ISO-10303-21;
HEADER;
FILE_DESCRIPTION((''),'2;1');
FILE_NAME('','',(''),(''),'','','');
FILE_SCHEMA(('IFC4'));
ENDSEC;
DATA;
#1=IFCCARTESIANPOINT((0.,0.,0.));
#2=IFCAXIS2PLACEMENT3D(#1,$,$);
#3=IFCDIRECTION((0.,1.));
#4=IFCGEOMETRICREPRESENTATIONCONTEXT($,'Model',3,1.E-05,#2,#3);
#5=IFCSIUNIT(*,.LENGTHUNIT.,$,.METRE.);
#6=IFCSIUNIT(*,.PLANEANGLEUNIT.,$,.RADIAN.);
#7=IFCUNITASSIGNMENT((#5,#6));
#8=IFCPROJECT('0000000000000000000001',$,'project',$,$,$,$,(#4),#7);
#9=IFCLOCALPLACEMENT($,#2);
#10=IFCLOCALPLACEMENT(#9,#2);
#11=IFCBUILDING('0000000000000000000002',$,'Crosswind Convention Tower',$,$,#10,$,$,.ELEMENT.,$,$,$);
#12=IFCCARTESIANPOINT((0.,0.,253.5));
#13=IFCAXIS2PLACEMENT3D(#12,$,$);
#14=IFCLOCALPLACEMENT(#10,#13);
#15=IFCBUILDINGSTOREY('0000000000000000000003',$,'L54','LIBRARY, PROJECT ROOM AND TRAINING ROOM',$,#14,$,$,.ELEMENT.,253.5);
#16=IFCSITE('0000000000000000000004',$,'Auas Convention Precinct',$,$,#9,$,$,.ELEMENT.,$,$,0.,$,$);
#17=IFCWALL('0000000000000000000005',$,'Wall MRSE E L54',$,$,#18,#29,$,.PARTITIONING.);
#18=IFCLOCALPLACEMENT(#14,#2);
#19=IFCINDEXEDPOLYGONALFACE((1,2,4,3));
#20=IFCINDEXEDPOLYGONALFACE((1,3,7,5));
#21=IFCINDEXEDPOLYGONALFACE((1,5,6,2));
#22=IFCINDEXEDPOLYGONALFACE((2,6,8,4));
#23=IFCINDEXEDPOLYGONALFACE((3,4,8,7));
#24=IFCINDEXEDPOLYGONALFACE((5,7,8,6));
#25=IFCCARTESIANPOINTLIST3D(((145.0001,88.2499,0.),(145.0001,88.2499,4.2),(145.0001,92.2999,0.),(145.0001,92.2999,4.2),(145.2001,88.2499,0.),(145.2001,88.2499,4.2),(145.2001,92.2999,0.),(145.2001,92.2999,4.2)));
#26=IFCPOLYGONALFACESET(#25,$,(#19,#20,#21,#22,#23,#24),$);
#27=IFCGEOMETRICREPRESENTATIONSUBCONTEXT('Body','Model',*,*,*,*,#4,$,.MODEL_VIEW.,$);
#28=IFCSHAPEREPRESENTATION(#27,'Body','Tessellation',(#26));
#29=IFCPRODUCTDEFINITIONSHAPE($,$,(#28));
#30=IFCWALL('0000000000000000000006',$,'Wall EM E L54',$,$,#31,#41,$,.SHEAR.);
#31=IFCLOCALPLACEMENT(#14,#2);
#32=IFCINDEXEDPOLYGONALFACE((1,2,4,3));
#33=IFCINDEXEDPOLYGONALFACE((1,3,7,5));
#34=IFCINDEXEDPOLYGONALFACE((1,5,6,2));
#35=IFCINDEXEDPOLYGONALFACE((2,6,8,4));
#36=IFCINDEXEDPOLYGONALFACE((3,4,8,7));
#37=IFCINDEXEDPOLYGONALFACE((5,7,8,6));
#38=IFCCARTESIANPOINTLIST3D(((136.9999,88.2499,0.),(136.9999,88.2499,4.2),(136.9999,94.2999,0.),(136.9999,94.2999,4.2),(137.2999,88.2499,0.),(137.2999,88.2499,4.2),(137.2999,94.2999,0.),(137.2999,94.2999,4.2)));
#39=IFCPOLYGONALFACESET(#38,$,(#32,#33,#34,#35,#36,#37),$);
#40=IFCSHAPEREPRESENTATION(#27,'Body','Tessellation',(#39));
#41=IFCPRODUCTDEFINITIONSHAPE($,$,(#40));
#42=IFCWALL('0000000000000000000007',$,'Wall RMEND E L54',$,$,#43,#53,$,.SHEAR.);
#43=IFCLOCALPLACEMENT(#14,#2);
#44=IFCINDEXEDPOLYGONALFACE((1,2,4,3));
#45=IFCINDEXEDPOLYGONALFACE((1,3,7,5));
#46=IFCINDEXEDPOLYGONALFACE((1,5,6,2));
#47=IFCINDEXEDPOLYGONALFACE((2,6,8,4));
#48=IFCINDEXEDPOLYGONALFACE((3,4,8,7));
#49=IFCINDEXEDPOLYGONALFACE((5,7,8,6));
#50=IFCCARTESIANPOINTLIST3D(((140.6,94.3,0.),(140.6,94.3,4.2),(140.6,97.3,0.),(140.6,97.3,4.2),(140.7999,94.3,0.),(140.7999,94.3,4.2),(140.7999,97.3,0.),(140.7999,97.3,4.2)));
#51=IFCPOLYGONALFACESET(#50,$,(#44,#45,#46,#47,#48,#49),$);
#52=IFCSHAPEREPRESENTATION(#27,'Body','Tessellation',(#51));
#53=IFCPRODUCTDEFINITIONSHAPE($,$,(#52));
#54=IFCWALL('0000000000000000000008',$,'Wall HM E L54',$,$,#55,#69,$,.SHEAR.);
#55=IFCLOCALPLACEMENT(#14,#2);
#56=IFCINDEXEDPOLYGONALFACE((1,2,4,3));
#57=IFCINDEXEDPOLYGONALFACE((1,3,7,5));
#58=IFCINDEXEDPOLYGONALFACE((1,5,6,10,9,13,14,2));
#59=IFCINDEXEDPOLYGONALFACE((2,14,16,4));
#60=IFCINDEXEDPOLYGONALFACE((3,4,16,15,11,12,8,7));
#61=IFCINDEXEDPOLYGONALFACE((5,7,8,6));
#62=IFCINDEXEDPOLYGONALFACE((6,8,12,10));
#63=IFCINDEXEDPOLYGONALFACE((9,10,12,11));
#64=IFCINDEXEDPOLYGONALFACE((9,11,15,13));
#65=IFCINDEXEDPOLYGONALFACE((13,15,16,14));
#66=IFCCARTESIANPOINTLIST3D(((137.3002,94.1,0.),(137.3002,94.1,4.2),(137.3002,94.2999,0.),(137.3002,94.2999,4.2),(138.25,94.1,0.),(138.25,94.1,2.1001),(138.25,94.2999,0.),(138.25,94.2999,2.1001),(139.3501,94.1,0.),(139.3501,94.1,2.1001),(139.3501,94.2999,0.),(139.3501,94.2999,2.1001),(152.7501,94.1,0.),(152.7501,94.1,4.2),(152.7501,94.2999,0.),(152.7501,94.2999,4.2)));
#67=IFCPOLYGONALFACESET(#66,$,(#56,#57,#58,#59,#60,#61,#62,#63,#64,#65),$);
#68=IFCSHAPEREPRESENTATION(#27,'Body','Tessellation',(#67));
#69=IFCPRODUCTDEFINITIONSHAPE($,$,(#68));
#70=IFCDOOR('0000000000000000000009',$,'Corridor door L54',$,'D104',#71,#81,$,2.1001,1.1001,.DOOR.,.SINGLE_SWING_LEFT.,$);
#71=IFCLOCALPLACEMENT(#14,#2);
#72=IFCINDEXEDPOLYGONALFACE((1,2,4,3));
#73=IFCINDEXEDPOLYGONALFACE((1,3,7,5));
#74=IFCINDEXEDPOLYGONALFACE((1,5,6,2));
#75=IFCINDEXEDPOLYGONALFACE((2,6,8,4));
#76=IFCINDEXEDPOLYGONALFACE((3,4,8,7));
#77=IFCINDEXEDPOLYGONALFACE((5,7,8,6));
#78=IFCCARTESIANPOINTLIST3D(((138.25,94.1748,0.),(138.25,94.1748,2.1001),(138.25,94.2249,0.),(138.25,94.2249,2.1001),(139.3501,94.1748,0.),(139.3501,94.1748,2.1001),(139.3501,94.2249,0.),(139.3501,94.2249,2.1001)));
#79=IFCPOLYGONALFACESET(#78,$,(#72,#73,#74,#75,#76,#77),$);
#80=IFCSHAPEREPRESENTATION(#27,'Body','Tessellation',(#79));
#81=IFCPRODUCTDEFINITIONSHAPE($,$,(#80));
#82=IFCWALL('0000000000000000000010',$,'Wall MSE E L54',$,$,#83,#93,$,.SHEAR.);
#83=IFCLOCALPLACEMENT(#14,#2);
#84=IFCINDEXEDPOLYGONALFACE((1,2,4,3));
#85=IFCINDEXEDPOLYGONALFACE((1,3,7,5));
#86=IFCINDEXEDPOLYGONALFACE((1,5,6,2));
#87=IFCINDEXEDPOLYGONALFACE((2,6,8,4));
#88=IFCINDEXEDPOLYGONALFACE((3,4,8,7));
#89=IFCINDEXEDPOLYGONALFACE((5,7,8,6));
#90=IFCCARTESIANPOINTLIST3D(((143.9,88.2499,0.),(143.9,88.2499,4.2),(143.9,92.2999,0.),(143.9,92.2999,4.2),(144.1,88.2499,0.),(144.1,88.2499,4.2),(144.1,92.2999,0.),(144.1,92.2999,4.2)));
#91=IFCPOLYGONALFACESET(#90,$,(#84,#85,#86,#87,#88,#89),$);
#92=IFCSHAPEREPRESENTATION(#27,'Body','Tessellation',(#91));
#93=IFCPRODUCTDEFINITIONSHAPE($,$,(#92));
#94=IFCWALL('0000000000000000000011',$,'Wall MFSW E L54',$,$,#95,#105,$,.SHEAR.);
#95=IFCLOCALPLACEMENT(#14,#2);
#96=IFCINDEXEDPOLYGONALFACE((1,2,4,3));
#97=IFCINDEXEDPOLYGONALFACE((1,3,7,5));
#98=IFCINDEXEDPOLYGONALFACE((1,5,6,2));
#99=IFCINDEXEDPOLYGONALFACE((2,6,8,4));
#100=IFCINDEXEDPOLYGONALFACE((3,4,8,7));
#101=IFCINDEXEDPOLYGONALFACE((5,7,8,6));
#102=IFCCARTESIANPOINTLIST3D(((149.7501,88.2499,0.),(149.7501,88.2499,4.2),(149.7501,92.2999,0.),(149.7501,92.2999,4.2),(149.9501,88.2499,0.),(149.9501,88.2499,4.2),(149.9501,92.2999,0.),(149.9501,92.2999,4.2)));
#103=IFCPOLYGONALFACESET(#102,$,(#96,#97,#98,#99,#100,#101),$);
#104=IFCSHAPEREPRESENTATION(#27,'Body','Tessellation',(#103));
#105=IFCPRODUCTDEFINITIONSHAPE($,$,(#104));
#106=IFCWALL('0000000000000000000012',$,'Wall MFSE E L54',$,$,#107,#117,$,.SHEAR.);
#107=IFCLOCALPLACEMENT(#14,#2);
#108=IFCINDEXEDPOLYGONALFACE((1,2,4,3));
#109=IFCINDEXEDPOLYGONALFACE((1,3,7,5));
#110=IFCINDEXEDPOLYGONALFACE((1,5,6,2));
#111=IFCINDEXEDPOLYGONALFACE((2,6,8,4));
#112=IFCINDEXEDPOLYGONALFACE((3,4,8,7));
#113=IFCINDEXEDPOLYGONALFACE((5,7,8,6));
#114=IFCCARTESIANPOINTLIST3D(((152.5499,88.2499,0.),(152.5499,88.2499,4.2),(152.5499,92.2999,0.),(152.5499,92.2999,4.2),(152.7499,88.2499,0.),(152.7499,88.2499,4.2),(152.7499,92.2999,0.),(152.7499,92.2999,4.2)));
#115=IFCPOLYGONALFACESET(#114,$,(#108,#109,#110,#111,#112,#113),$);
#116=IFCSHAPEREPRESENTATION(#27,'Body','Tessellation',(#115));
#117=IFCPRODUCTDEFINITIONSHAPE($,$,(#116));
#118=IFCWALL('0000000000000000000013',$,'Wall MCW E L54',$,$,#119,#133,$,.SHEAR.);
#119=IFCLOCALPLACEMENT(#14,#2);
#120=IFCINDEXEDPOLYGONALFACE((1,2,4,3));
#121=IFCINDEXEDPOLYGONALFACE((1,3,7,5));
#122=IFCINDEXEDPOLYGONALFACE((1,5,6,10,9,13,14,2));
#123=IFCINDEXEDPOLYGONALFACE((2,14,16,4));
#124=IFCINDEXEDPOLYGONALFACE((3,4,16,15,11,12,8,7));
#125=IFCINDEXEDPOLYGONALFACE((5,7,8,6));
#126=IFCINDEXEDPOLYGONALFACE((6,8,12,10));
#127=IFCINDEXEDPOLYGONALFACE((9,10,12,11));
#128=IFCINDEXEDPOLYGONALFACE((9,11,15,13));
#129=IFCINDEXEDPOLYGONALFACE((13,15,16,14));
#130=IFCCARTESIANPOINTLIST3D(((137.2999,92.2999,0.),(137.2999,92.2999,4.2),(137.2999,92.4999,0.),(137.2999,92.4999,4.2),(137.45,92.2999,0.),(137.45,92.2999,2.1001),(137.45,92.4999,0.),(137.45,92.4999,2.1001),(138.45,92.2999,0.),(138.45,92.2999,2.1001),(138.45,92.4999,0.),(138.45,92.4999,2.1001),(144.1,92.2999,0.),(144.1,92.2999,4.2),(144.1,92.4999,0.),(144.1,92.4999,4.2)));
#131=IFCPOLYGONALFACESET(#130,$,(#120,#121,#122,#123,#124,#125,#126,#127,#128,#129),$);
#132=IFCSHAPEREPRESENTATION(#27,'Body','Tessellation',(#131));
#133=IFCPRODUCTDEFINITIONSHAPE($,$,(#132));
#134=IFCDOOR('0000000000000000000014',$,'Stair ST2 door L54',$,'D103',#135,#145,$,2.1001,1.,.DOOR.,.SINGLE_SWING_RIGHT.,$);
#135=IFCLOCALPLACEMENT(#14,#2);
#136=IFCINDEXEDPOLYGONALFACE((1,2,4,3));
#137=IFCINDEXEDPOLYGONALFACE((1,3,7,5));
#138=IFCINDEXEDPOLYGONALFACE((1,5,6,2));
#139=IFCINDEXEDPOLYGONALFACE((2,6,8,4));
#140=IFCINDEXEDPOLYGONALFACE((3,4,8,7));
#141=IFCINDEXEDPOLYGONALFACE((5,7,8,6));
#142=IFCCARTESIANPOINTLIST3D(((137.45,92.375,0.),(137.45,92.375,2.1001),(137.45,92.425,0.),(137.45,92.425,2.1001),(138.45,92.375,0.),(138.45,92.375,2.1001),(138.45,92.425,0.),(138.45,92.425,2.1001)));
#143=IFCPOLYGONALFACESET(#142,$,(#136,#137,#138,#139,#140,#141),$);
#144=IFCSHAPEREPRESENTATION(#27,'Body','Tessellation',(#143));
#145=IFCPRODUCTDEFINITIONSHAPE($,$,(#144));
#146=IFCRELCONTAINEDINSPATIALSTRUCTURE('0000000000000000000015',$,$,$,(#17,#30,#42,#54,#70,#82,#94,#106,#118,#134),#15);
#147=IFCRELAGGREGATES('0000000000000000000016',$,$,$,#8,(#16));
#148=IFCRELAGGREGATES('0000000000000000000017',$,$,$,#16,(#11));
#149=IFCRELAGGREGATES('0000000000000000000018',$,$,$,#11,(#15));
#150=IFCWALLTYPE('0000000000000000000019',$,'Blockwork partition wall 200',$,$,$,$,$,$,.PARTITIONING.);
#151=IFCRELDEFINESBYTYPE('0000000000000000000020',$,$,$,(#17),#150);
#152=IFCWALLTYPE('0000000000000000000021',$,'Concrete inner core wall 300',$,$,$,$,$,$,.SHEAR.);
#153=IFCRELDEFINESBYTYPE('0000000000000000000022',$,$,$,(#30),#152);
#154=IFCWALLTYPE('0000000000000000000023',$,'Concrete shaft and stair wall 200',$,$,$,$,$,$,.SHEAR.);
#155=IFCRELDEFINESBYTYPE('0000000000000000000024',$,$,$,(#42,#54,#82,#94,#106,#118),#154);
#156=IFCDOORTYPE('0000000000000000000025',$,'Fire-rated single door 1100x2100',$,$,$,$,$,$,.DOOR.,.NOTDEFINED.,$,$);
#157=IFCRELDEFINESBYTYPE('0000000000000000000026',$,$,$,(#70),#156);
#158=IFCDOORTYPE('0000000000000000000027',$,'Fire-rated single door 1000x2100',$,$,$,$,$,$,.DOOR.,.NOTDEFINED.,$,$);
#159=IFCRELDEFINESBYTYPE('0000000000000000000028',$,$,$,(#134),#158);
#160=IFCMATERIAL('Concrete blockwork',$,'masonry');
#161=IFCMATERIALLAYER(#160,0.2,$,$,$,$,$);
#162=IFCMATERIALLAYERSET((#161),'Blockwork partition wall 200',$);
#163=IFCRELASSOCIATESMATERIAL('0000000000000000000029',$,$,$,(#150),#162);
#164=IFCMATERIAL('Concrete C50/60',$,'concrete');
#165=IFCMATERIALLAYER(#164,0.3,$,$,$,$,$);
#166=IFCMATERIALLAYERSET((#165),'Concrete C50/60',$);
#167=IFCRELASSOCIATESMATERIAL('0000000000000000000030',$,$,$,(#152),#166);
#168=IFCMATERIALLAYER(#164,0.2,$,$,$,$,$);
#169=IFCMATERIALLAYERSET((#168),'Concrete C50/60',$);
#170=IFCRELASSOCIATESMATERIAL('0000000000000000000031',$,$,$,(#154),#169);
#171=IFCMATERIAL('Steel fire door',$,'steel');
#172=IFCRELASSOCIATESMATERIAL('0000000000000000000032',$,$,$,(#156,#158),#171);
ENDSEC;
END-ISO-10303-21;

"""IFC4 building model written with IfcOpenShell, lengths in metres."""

from ifc_helpers import new_model, si_unit, direction, frame, frame_2d, origin, place, context, subcontext, project, spatial, rectangle, extrude, material, layer, layer_set, type_object, element, fill, save


model = new_model("IFC4")

# Units and contexts
model_context = context("Model", 3, precision=1e-05, world=origin(), true_north=direction((0.0, 1.0)))
body_context = subcontext(model_context, "Body", "Model", "MODEL_VIEW")
ifc_project = project(units=[si_unit("LENGTHUNIT", "METRE"), si_unit("PLANEANGLEUNIT", "RADIAN")], contexts=[model_context])

# Site, building, storey
site_placement = place(None, origin())
site = spatial("IfcSite", under=ifc_project, at=site_placement, Name="Auas Convention Precinct", CompositionType="ELEMENT", RefElevation=0.0)
building_placement = place(site_placement, origin())
building = spatial("IfcBuilding", under=site, at=building_placement, Name="Crosswind Convention Tower", CompositionType="ELEMENT")
storey_placement = place(building_placement, frame((0.0, 0.0, 253.5)))
storey = spatial("IfcBuildingStorey", under=building, at=storey_placement, Name="L54", Description="LIBRARY, PROJECT ROOM AND TRAINING ROOM", CompositionType="ELEMENT", Elevation=253.5)

# Wall
ifc_material_1 = material(Name="Concrete blockwork", Category="masonry")
ifc_layer_1 = layer(ifc_material_1, 0.2)
ifc_layer_set_1 = layer_set([ifc_layer_1], Name="Blockwork partition wall 200")
wall_type_1 = type_object("IfcWallType", Name="Blockwork partition wall 200", PredefinedType="PARTITIONING", material=ifc_layer_set_1)
wall_1_placement = place(storey_placement, frame((145.1001, 88.25, 0.0), z_axis=(0.0, 0.0, 1.0), x_axis=(0.0, 1.0, 0.0)))
element("IfcWall", 1, at=wall_1_placement, inside=storey, type_object=wall_type_1, Name="Wall MRSE E L54", PredefinedType="PARTITIONING", context=body_context, shape_type="SweptSolid", body=[
    extrude(rectangle(XDim=4.05, YDim=0.2, at=frame_2d((2.0249, 0.0))), origin(), (0.0, 0.0, 1.0), 4.2),
])

# Shared definitions
ifc_material_2 = material(Name="Concrete C50/60", Category="concrete")
ifc_layer_2 = layer(ifc_material_2, 0.3)
ifc_layer_set_2 = layer_set([ifc_layer_2], Name="Concrete C50/60")
wall_type_2 = type_object("IfcWallType", Name="Concrete inner core wall 300", PredefinedType="SHEAR", material=ifc_layer_set_2)

# Walls
wall_2_placement = place(storey_placement, frame((137.1499, 88.25, 0.0), z_axis=(0.0, 0.0, 1.0), x_axis=(0.0, 1.0, 0.0)))
element("IfcWall", 2, at=wall_2_placement, inside=storey, type_object=wall_type_2, Name="Wall EM E L54", PredefinedType="SHEAR", context=body_context, shape_type="SweptSolid", body=[
    extrude(rectangle(XDim=6.05, YDim=0.3, at=frame_2d((3.0249, 0.0))), origin(), (0.0, 0.0, 1.0), 4.2),
])
ifc_layer_3 = layer(ifc_material_2, 0.2)
ifc_layer_set_3 = layer_set([ifc_layer_3], Name="Concrete C50/60")
wall_type_3 = type_object("IfcWallType", Name="Concrete shaft and stair wall 200", PredefinedType="SHEAR", material=ifc_layer_set_3)
wall_3_placement = place(storey_placement, frame((140.7, 94.3, 0.0), z_axis=(0.0, 0.0, 1.0), x_axis=(0.0, 1.0, 0.0)))
element("IfcWall", 3, at=wall_3_placement, inside=storey, type_object=wall_type_3, Name="Wall RMEND E L54", PredefinedType="SHEAR", context=body_context, shape_type="SweptSolid", body=[
    extrude(rectangle(XDim=3.0, YDim=0.2, at=frame_2d((1.5, 0.0))), origin(), (0.0, 0.0, 1.0), 4.2),
])

# Wall, opening, door
wall_4_placement = place(storey_placement, frame((137.3, 94.2, 0.0), z_axis=(0.0, 0.0, 1.0), x_axis=(1.0, 0.0, 0.0)))
wall_4 = element("IfcWall", 4, at=wall_4_placement, inside=storey, type_object=wall_type_3, Name="Wall HM E L54", PredefinedType="SHEAR", context=body_context, shape_type="SweptSolid", body=[
    extrude(rectangle(XDim=15.45, YDim=0.2, at=frame_2d((7.7251, 0.0))), origin(), (0.0, 0.0, 1.0), 4.2),
])
opening_1_placement = place(wall_4_placement, frame((0.95, 0.0, 0.0)))
opening_1 = element("IfcOpeningElement", 5, at=opening_1_placement, cuts=wall_4, PredefinedType="OPENING", context=body_context, shape_type="SweptSolid", body=[
    extrude(rectangle(XDim=1.1001, YDim=2.1001, at=frame_2d((0.55, 1.05))), frame((0.0, 0.1099, 0.0), z_axis=(0.0, -1.0, 0.0), x_axis=(1.0, 0.0, 0.0)), (0.0, 0.0, 1.0), 0.22),
])
ifc_material_3 = material(Name="Steel fire door", Category="steel")
door_type_1 = type_object("IfcDoorType", Name="Fire-rated single door 1100x2100", OperationType="NOTDEFINED", PredefinedType="DOOR", material=ifc_material_3)
door_1_placement = place(opening_1_placement, origin())
door_1 = element("IfcDoor", 6, at=door_1_placement, inside=storey, type_object=door_type_1, Name="Corridor door L54", ObjectType="D104", OperationType="SINGLE_SWING_LEFT", OverallHeight=2.1001, OverallWidth=1.1001, PredefinedType="DOOR", context=body_context, shape_type="SweptSolid", body=[
    extrude(rectangle(XDim=1.1001, YDim=2.1001, at=frame_2d((0.55, 1.05))), frame((0.0, 0.0249, 0.0), z_axis=(0.0, -1.0, 0.0), x_axis=(1.0, 0.0, 0.0)), (0.0, 0.0, 1.0), 0.05),
])
fill(opening_1, door_1)

# Walls
for number, where, z_axis, x_axis, name in (
    (7, (144.0, 88.25, 0.0), (0.0, 0.0, 1.0), (0.0, 1.0, 0.0), "Wall MSE E L54"),
    (8, (149.8501, 88.25, 0.0), (0.0, 0.0, 1.0), (0.0, 1.0, 0.0), "Wall MFSW E L54"),
    (9, (152.6499, 88.25, 0.0), (0.0, 0.0, 1.0), (0.0, 1.0, 0.0), "Wall MFSE E L54"),
):
    element("IfcWall", number, at=place(storey_placement, frame(where, z_axis=z_axis, x_axis=x_axis)), inside=storey, type_object=wall_type_3, Name=name, PredefinedType="SHEAR", context=body_context, shape_type="SweptSolid", body=[
        extrude(rectangle(XDim=4.05, YDim=0.2, at=frame_2d((2.0249, 0.0))), origin(), (0.0, 0.0, 1.0), 4.2),
    ])

# Wall, opening, door
wall_5_placement = place(storey_placement, frame((137.3, 92.3999, 0.0), z_axis=(0.0, 0.0, 1.0), x_axis=(1.0, 0.0, 0.0)))
wall_5 = element("IfcWall", 10, at=wall_5_placement, inside=storey, type_object=wall_type_3, Name="Wall MCW E L54", PredefinedType="SHEAR", context=body_context, shape_type="SweptSolid", body=[
    extrude(rectangle(XDim=6.8, YDim=0.2, at=frame_2d((3.3999, 0.0))), origin(), (0.0, 0.0, 1.0), 4.2),
])
opening_2_placement = place(wall_5_placement, frame((0.1499, 0.0, 0.0)))
opening_2 = element("IfcOpeningElement", 11, at=opening_2_placement, cuts=wall_5, PredefinedType="OPENING", context=body_context, shape_type="SweptSolid", body=[
    extrude(rectangle(XDim=1.0, YDim=2.1001, at=frame_2d((0.5, 1.05))), frame((0.0, 0.1099, 0.0), z_axis=(0.0, -1.0, 0.0), x_axis=(1.0, 0.0, 0.0)), (0.0, 0.0, 1.0), 0.22),
])
door_type_2 = type_object("IfcDoorType", Name="Fire-rated single door 1000x2100", OperationType="NOTDEFINED", PredefinedType="DOOR", material=ifc_material_3)
door_2_placement = place(opening_2_placement, frame((1.0, 0.0, 0.0), z_axis=(0.0, 0.0, 1.0), x_axis=(-1.0, 0.0, 0.0)))
door_2 = element("IfcDoor", 12, at=door_2_placement, inside=storey, type_object=door_type_2, Name="Stair ST2 door L54", ObjectType="D103", OperationType="SINGLE_SWING_RIGHT", OverallHeight=2.1001, OverallWidth=1.0, PredefinedType="DOOR", context=body_context, shape_type="SweptSolid", body=[
    extrude(rectangle(XDim=1.0, YDim=2.1001, at=frame_2d((0.5, 1.05))), frame((0.0, 0.0249, 0.0), z_axis=(0.0, -1.0, 0.0), x_axis=(1.0, 0.0, 0.0)), (0.0, 0.0, 1.0), 0.05),
])
fill(opening_2, door_2)

save(model, "model.ifc")
